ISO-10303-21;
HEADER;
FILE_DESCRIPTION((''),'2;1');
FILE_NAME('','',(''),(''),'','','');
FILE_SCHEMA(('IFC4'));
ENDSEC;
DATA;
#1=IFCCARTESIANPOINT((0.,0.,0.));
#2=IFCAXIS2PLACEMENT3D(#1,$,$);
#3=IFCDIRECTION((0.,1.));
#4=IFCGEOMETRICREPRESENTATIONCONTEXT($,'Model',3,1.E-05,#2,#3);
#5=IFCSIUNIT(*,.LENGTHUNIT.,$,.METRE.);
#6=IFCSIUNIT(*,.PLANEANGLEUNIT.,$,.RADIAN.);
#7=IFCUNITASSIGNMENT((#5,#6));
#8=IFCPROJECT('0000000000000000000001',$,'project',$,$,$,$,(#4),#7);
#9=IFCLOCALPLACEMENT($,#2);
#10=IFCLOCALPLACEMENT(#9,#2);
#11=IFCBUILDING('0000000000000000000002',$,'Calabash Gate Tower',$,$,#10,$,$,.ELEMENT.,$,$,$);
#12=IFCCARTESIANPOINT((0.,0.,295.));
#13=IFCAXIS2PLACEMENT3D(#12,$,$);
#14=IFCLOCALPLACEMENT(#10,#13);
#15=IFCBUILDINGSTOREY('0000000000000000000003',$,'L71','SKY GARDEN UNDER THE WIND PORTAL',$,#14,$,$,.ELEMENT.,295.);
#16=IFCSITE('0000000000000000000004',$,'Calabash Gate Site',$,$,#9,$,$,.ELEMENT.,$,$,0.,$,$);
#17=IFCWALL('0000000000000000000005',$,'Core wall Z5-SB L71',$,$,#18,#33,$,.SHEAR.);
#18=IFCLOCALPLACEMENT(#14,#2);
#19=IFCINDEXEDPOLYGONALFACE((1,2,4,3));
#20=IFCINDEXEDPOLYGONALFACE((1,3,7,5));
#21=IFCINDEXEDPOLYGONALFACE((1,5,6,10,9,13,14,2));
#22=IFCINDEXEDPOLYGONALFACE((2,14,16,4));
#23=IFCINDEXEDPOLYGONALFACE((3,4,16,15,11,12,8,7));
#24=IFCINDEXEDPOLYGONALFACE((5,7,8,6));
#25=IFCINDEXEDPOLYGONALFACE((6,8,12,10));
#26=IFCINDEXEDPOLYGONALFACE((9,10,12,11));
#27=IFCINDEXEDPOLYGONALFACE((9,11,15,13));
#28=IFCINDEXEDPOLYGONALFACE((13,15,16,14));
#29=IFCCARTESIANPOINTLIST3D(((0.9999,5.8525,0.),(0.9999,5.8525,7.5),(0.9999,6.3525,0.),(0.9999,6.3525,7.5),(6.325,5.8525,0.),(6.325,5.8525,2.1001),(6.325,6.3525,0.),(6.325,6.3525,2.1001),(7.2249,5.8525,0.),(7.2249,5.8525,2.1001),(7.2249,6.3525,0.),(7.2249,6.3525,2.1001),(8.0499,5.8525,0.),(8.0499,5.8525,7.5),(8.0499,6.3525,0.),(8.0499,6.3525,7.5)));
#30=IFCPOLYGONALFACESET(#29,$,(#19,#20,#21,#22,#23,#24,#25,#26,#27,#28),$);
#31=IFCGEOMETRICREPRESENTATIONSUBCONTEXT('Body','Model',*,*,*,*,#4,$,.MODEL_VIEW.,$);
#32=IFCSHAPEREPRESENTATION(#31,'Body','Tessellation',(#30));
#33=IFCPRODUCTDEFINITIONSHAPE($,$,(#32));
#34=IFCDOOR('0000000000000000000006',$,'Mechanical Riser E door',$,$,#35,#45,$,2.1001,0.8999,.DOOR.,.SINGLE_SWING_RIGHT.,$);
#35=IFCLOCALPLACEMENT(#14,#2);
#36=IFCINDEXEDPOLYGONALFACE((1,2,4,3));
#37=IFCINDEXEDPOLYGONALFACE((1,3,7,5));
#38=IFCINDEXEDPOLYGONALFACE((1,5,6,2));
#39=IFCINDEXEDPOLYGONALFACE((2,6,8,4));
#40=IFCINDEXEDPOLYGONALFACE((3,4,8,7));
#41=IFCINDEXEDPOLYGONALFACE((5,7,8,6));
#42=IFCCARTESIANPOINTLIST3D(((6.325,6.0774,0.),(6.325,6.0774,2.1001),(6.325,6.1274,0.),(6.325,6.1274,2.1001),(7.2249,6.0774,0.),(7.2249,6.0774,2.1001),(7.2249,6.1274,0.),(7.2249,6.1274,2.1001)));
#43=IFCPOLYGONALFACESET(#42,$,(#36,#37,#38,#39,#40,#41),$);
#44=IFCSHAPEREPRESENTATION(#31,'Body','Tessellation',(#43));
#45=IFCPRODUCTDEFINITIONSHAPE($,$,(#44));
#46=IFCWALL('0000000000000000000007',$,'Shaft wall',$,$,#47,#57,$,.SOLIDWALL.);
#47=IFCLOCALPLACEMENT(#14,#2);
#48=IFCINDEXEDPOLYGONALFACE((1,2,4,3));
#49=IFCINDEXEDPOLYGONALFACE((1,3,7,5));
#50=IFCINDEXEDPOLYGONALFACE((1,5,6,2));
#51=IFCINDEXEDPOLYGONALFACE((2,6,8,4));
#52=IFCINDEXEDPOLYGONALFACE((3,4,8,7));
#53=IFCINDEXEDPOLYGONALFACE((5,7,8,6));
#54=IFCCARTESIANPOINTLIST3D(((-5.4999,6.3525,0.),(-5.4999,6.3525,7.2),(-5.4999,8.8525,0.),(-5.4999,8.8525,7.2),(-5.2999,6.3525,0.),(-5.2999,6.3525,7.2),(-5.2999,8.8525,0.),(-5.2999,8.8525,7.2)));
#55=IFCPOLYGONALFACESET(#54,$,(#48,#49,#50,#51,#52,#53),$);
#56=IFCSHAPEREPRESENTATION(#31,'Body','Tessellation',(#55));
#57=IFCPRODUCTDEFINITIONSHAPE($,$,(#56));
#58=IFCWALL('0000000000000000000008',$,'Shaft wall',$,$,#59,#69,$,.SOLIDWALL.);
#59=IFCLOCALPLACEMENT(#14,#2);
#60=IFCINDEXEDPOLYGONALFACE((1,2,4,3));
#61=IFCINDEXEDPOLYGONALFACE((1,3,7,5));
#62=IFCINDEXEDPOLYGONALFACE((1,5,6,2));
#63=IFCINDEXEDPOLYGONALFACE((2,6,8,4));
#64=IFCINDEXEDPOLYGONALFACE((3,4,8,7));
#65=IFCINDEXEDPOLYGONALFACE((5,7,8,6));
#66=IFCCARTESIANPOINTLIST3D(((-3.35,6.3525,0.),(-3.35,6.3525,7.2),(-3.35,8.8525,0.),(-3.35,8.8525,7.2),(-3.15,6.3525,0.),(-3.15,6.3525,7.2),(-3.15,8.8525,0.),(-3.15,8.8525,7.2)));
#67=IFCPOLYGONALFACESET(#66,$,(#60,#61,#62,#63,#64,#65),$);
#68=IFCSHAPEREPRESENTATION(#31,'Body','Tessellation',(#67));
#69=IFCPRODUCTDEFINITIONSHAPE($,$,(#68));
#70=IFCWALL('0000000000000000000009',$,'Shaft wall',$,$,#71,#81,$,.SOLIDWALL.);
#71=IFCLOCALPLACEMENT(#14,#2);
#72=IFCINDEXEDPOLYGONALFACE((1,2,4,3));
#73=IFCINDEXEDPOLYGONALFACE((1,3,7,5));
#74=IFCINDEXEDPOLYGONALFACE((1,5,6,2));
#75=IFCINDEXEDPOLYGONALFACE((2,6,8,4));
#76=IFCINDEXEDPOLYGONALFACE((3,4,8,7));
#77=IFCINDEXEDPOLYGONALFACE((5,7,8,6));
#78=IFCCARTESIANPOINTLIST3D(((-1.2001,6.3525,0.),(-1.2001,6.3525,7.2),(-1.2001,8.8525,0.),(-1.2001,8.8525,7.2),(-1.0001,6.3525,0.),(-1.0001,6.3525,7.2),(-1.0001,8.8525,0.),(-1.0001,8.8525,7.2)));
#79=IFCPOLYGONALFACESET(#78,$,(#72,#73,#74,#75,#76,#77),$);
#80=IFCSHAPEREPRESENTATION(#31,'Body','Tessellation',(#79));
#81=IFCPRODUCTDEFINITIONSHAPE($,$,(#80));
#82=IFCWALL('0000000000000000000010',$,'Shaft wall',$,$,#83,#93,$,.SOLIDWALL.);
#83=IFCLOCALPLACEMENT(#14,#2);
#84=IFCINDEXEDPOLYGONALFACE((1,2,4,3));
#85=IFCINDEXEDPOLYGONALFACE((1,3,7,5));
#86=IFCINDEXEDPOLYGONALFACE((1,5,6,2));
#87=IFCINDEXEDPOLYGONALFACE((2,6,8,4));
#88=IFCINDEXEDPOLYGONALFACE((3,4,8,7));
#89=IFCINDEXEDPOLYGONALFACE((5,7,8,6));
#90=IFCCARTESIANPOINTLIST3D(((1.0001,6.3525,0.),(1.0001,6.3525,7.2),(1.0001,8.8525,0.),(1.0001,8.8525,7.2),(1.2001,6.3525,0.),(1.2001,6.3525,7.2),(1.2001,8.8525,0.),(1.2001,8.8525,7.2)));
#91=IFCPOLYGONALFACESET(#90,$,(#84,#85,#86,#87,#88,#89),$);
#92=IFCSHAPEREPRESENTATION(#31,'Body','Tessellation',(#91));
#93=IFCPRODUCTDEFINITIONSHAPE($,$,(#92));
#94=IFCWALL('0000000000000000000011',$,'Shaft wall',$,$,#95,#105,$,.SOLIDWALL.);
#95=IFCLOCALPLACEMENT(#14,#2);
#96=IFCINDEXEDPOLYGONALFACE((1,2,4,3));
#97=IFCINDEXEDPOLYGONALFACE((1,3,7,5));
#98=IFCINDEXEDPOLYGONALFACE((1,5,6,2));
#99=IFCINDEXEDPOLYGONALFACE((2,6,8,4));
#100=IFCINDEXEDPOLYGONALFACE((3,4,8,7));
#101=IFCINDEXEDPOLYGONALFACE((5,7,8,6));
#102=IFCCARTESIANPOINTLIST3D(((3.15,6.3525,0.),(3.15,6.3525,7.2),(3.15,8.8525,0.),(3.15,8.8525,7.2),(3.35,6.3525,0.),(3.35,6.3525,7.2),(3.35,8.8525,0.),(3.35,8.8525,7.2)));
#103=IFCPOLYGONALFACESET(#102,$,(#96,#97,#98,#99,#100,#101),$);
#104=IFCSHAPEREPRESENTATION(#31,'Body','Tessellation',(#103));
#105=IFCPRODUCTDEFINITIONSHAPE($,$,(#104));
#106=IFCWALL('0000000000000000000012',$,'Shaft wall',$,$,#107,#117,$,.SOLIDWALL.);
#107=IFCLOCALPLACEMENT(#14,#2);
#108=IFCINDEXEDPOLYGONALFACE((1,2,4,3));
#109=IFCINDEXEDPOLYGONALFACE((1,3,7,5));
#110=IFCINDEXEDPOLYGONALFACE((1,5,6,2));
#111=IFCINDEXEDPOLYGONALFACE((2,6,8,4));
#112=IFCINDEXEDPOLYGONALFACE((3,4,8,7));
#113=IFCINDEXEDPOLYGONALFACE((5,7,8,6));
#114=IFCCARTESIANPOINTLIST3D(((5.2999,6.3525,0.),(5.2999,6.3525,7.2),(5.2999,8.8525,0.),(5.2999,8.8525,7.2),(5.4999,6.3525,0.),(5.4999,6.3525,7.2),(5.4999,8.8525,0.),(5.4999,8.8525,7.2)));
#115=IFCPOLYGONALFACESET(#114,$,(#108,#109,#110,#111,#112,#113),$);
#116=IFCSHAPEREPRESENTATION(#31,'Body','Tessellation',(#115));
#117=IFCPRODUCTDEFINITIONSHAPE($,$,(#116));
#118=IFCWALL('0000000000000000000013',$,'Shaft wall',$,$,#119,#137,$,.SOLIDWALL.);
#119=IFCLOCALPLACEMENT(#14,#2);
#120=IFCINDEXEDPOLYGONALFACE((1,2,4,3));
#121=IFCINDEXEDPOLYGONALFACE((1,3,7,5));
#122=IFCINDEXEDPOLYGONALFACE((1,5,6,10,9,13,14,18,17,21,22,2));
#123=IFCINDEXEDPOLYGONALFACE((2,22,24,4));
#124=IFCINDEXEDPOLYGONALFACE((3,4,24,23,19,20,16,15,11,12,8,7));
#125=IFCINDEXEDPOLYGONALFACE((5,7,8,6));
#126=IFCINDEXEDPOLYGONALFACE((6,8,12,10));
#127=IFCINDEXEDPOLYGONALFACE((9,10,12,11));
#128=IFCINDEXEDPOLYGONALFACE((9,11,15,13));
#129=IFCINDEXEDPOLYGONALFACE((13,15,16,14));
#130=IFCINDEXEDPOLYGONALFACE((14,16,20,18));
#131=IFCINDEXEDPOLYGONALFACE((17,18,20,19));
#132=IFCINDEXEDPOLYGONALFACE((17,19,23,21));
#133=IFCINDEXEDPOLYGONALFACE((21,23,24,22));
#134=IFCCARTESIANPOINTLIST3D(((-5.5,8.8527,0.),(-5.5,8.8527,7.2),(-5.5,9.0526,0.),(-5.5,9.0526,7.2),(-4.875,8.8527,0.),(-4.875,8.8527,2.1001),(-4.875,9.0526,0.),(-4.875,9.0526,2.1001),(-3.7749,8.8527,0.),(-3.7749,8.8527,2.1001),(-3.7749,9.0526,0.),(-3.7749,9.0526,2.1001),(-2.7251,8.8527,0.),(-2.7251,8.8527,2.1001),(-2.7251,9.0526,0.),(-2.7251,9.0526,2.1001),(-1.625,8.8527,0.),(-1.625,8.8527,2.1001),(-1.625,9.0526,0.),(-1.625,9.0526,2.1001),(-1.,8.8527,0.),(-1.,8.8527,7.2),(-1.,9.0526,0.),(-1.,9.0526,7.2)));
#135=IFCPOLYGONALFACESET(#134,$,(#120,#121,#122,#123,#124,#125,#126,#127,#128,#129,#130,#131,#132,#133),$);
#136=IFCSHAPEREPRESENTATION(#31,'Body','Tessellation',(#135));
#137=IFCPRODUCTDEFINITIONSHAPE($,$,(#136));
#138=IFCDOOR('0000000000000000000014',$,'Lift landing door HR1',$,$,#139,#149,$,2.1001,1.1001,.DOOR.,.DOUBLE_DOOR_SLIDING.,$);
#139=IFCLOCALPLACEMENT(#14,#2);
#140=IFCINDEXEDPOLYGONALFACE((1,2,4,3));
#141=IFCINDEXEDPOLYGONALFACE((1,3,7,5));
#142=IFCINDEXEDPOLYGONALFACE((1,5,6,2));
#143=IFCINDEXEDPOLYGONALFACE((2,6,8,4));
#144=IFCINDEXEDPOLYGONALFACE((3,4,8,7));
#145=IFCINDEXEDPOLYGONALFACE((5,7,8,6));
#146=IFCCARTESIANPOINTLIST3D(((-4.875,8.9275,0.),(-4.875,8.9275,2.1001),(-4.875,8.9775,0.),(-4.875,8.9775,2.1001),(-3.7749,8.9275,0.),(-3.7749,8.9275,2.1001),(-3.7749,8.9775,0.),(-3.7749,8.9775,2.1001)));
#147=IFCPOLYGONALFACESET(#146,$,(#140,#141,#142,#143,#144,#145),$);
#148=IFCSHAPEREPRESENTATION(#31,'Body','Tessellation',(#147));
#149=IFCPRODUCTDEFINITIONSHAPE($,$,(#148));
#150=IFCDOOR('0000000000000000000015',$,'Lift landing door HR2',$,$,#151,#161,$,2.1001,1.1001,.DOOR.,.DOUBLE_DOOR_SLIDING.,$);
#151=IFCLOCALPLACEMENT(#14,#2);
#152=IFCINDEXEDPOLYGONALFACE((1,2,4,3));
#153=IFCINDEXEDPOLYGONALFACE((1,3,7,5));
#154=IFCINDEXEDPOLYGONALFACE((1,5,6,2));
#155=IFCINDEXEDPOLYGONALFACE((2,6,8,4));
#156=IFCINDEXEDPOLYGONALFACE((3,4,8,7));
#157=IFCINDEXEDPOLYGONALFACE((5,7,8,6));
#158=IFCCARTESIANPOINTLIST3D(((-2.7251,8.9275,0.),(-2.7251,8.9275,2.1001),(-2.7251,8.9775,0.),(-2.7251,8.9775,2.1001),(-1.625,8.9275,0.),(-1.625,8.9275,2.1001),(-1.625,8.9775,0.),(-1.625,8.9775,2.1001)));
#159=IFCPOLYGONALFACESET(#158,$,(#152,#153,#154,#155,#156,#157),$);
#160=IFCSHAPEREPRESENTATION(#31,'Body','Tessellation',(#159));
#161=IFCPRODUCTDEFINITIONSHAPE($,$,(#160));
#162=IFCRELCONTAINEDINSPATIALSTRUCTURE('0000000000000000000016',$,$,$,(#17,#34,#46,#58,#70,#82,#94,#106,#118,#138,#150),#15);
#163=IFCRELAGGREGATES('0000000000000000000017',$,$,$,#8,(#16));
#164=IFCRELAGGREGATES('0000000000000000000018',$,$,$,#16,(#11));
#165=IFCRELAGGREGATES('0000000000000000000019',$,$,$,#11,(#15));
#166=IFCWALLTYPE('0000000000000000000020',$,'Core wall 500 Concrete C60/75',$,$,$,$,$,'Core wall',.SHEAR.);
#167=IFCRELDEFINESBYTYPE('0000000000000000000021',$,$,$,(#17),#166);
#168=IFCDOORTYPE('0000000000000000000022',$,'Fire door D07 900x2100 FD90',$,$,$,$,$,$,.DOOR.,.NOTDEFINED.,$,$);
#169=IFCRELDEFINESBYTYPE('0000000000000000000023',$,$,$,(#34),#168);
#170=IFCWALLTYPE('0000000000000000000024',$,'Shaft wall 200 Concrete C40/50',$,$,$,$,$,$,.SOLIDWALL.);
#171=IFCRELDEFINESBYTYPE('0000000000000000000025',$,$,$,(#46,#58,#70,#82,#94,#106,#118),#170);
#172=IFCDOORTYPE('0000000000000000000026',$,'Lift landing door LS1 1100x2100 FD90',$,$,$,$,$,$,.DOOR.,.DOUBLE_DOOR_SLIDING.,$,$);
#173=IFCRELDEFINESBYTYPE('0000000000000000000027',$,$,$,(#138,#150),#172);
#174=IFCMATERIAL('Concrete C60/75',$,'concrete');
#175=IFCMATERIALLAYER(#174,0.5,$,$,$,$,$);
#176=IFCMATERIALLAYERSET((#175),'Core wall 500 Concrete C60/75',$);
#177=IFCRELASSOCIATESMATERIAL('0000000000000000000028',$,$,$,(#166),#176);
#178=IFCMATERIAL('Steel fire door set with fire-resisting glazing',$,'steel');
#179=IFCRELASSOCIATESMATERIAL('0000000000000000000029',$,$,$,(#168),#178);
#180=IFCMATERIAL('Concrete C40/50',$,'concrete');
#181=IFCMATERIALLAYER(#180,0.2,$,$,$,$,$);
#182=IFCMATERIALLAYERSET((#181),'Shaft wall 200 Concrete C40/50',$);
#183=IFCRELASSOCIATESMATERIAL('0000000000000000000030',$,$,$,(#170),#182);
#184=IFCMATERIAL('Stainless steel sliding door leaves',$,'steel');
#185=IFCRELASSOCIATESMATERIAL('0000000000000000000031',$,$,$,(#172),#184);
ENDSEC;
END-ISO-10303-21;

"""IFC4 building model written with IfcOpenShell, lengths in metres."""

from ifc_helpers import new_model, si_unit, direction, frame, frame_2d, origin, place, context, subcontext, project, spatial, rectangle, extrude, material, layer, layer_set, type_object, element, fill, save


model = new_model("IFC4")

# Units and contexts
model_context = context("Model", 3, precision=1e-05, world=origin(), true_north=direction((0.0, 1.0)))
body_context = subcontext(model_context, "Body", "Model", "MODEL_VIEW")
ifc_project = project(units=[si_unit("LENGTHUNIT", "METRE"), si_unit("PLANEANGLEUNIT", "RADIAN")], contexts=[model_context])

# Site, building, storey
site_placement = place(None, origin())
site = spatial("IfcSite", under=ifc_project, at=site_placement, Name="Calabash Gate Site", CompositionType="ELEMENT", RefElevation=0.0)
building_placement = place(site_placement, origin())
building = spatial("IfcBuilding", under=site, at=building_placement, Name="Calabash Gate Tower", CompositionType="ELEMENT")
storey_placement = place(building_placement, frame((0.0, 0.0, 295.0)))
storey = spatial("IfcBuildingStorey", under=building, at=storey_placement, Name="L71", Description="SKY GARDEN UNDER THE WIND PORTAL", CompositionType="ELEMENT", Elevation=295.0)

# Wall, opening, door
ifc_material_1 = material(Name="Concrete C60/75", Category="concrete")
ifc_layer_1 = layer(ifc_material_1, 0.5)
ifc_layer_set_1 = layer_set([ifc_layer_1], Name="Core wall 500 Concrete C60/75")
wall_type_1 = type_object("IfcWallType", Name="Core wall 500 Concrete C60/75", ElementType="Core wall", PredefinedType="SHEAR", material=ifc_layer_set_1)
wall_1_placement = place(storey_placement, frame((1.0, 6.1025, 0.0), z_axis=(0.0, 0.0, 1.0), x_axis=(1.0, 0.0, 0.0)))
wall_1 = element("IfcWall", 1, at=wall_1_placement, inside=storey, type_object=wall_type_1, Name="Core wall Z5-SB L71", PredefinedType="SHEAR", context=body_context, shape_type="SweptSolid", body=[
    extrude(rectangle(XDim=7.05, YDim=0.5, at=frame_2d((3.5249, 0.0))), origin(), (0.0, 0.0, 1.0), 7.5),
])
opening_1_placement = place(wall_1_placement, frame((5.325, 0.0, 0.0)))
opening_1 = element("IfcOpeningElement", 2, at=opening_1_placement, cuts=wall_1, PredefinedType="OPENING", context=body_context, shape_type="SweptSolid", body=[
    extrude(rectangle(XDim=0.8999, YDim=2.1001, at=frame_2d((0.45, 1.05))), frame((0.0, 0.26, 0.0), z_axis=(0.0, -1.0, 0.0), x_axis=(1.0, 0.0, 0.0)), (0.0, 0.0, 1.0), 0.52),
])
ifc_material_2 = material(Name="Steel fire door set with fire-resisting glazing", Category="steel")
door_type_1 = type_object("IfcDoorType", Name="Fire door D07 900x2100 FD90", OperationType="NOTDEFINED", PredefinedType="DOOR", material=ifc_material_2)
door_1_placement = place(opening_1_placement, origin())
door_1 = element("IfcDoor", 3, at=door_1_placement, inside=storey, type_object=door_type_1, Name="Mechanical Riser E door", OperationType="SINGLE_SWING_RIGHT", OverallHeight=2.1001, OverallWidth=0.8999, PredefinedType="DOOR", context=body_context, shape_type="SweptSolid", body=[
    extrude(rectangle(XDim=0.8999, YDim=2.1001, at=frame_2d((0.45, 1.05))), frame((0.0, 0.0249, 0.0), z_axis=(0.0, -1.0, 0.0), x_axis=(1.0, 0.0, 0.0)), (0.0, 0.0, 1.0), 0.05),
])
fill(opening_1, door_1)

# Walls
ifc_material_3 = material(Name="Concrete C40/50", Category="concrete")
ifc_layer_2 = layer(ifc_material_3, 0.2)
ifc_layer_set_2 = layer_set([ifc_layer_2], Name="Shaft wall 200 Concrete C40/50")
wall_type_2 = type_object("IfcWallType", Name="Shaft wall 200 Concrete C40/50", PredefinedType="SOLIDWALL", material=ifc_layer_set_2)
for number, where, z_axis, x_axis, name in (
    (4, (-5.3999, 6.3525, 0.0), (0.0, 0.0, 1.0), (0.0, 1.0, 0.0), "Shaft wall"),
    (5, (-3.25, 6.3525, 0.0), (0.0, 0.0, 1.0), (0.0, 1.0, 0.0), "Shaft wall"),
    (6, (-1.1001, 6.3525, 0.0), (0.0, 0.0, 1.0), (0.0, 1.0, 0.0), "Shaft wall"),
    (7, (1.1001, 6.3525, 0.0), (0.0, 0.0, 1.0), (0.0, 1.0, 0.0), "Shaft wall"),
    (8, (3.25, 6.3525, 0.0), (0.0, 0.0, 1.0), (0.0, 1.0, 0.0), "Shaft wall"),
    (9, (5.3999, 6.3525, 0.0), (0.0, 0.0, 1.0), (0.0, 1.0, 0.0), "Shaft wall"),
):
    element("IfcWall", number, at=place(storey_placement, frame(where, z_axis=z_axis, x_axis=x_axis)), inside=storey, type_object=wall_type_2, Name=name, PredefinedType="SOLIDWALL", context=body_context, shape_type="SweptSolid", body=[
        extrude(rectangle(XDim=2.5, YDim=0.2, at=frame_2d((1.25, 0.0))), origin(), (0.0, 0.0, 1.0), 7.2),
    ])

# Wall, openings, doors
wall_2_placement = place(storey_placement, frame((-5.5, 8.9526, 0.0), z_axis=(0.0, 0.0, 1.0), x_axis=(1.0, 0.0, 0.0)))
wall_2 = element("IfcWall", 10, at=wall_2_placement, inside=storey, type_object=wall_type_2, Name="Shaft wall", PredefinedType="SOLIDWALL", context=body_context, shape_type="SweptSolid", body=[
    extrude(rectangle(XDim=4.5, YDim=0.2, at=frame_2d((2.25, 0.0))), origin(), (0.0, 0.0, 1.0), 7.2),
])
opening_2_placement = place(wall_2_placement, frame((0.625, 0.0, 0.0)))
opening_2 = element("IfcOpeningElement", 11, at=opening_2_placement, cuts=wall_2, PredefinedType="OPENING", context=body_context, shape_type="SweptSolid", body=[
    extrude(rectangle(XDim=1.1001, YDim=2.1001, at=frame_2d((0.55, 1.05))), frame((0.0, 0.1099, 0.0), z_axis=(0.0, -1.0, 0.0), x_axis=(1.0, 0.0, 0.0)), (0.0, 0.0, 1.0), 0.22),
])
opening_3_placement = place(wall_2_placement, frame((2.7749, 0.0, 0.0)))
opening_3 = element("IfcOpeningElement", 12, at=opening_3_placement, cuts=wall_2, PredefinedType="OPENING", context=body_context, shape_type="SweptSolid", body=[
    extrude(rectangle(XDim=1.1001, YDim=2.1001, at=frame_2d((0.55, 1.05))), frame((0.0, 0.1099, 0.0), z_axis=(0.0, -1.0, 0.0), x_axis=(1.0, 0.0, 0.0)), (0.0, 0.0, 1.0), 0.22),
])
ifc_material_4 = material(Name="Stainless steel sliding door leaves", Category="steel")
door_type_2 = type_object("IfcDoorType", Name="Lift landing door LS1 1100x2100 FD90", OperationType="DOUBLE_DOOR_SLIDING", PredefinedType="DOOR", material=ifc_material_4)
door_2_placement = place(opening_2_placement, origin())
door_2 = element("IfcDoor", 13, at=door_2_placement, inside=storey, type_object=door_type_2, Name="Lift landing door HR1", OperationType="DOUBLE_DOOR_SLIDING", OverallHeight=2.1001, OverallWidth=1.1001, PredefinedType="DOOR", context=body_context, shape_type="SweptSolid", body=[
    extrude(rectangle(XDim=1.1001, YDim=2.1001, at=frame_2d((0.55, 1.05))), frame((0.0, 0.0249, 0.0), z_axis=(0.0, -1.0, 0.0), x_axis=(1.0, 0.0, 0.0)), (0.0, 0.0, 1.0), 0.05),
])
fill(opening_2, door_2)
door_3_placement = place(opening_3_placement, origin())
door_3 = element("IfcDoor", 14, at=door_3_placement, inside=storey, type_object=door_type_2, Name="Lift landing door HR2", OperationType="DOUBLE_DOOR_SLIDING", OverallHeight=2.1001, OverallWidth=1.1001, PredefinedType="DOOR", context=body_context, shape_type="SweptSolid", body=[
    extrude(rectangle(XDim=1.1001, YDim=2.1001, at=frame_2d((0.55, 1.05))), frame((0.0, 0.0249, 0.0), z_axis=(0.0, -1.0, 0.0), x_axis=(1.0, 0.0, 0.0)), (0.0, 0.0, 1.0), 0.05),
])
fill(opening_3, door_3)

save(model, "model.ifc")
